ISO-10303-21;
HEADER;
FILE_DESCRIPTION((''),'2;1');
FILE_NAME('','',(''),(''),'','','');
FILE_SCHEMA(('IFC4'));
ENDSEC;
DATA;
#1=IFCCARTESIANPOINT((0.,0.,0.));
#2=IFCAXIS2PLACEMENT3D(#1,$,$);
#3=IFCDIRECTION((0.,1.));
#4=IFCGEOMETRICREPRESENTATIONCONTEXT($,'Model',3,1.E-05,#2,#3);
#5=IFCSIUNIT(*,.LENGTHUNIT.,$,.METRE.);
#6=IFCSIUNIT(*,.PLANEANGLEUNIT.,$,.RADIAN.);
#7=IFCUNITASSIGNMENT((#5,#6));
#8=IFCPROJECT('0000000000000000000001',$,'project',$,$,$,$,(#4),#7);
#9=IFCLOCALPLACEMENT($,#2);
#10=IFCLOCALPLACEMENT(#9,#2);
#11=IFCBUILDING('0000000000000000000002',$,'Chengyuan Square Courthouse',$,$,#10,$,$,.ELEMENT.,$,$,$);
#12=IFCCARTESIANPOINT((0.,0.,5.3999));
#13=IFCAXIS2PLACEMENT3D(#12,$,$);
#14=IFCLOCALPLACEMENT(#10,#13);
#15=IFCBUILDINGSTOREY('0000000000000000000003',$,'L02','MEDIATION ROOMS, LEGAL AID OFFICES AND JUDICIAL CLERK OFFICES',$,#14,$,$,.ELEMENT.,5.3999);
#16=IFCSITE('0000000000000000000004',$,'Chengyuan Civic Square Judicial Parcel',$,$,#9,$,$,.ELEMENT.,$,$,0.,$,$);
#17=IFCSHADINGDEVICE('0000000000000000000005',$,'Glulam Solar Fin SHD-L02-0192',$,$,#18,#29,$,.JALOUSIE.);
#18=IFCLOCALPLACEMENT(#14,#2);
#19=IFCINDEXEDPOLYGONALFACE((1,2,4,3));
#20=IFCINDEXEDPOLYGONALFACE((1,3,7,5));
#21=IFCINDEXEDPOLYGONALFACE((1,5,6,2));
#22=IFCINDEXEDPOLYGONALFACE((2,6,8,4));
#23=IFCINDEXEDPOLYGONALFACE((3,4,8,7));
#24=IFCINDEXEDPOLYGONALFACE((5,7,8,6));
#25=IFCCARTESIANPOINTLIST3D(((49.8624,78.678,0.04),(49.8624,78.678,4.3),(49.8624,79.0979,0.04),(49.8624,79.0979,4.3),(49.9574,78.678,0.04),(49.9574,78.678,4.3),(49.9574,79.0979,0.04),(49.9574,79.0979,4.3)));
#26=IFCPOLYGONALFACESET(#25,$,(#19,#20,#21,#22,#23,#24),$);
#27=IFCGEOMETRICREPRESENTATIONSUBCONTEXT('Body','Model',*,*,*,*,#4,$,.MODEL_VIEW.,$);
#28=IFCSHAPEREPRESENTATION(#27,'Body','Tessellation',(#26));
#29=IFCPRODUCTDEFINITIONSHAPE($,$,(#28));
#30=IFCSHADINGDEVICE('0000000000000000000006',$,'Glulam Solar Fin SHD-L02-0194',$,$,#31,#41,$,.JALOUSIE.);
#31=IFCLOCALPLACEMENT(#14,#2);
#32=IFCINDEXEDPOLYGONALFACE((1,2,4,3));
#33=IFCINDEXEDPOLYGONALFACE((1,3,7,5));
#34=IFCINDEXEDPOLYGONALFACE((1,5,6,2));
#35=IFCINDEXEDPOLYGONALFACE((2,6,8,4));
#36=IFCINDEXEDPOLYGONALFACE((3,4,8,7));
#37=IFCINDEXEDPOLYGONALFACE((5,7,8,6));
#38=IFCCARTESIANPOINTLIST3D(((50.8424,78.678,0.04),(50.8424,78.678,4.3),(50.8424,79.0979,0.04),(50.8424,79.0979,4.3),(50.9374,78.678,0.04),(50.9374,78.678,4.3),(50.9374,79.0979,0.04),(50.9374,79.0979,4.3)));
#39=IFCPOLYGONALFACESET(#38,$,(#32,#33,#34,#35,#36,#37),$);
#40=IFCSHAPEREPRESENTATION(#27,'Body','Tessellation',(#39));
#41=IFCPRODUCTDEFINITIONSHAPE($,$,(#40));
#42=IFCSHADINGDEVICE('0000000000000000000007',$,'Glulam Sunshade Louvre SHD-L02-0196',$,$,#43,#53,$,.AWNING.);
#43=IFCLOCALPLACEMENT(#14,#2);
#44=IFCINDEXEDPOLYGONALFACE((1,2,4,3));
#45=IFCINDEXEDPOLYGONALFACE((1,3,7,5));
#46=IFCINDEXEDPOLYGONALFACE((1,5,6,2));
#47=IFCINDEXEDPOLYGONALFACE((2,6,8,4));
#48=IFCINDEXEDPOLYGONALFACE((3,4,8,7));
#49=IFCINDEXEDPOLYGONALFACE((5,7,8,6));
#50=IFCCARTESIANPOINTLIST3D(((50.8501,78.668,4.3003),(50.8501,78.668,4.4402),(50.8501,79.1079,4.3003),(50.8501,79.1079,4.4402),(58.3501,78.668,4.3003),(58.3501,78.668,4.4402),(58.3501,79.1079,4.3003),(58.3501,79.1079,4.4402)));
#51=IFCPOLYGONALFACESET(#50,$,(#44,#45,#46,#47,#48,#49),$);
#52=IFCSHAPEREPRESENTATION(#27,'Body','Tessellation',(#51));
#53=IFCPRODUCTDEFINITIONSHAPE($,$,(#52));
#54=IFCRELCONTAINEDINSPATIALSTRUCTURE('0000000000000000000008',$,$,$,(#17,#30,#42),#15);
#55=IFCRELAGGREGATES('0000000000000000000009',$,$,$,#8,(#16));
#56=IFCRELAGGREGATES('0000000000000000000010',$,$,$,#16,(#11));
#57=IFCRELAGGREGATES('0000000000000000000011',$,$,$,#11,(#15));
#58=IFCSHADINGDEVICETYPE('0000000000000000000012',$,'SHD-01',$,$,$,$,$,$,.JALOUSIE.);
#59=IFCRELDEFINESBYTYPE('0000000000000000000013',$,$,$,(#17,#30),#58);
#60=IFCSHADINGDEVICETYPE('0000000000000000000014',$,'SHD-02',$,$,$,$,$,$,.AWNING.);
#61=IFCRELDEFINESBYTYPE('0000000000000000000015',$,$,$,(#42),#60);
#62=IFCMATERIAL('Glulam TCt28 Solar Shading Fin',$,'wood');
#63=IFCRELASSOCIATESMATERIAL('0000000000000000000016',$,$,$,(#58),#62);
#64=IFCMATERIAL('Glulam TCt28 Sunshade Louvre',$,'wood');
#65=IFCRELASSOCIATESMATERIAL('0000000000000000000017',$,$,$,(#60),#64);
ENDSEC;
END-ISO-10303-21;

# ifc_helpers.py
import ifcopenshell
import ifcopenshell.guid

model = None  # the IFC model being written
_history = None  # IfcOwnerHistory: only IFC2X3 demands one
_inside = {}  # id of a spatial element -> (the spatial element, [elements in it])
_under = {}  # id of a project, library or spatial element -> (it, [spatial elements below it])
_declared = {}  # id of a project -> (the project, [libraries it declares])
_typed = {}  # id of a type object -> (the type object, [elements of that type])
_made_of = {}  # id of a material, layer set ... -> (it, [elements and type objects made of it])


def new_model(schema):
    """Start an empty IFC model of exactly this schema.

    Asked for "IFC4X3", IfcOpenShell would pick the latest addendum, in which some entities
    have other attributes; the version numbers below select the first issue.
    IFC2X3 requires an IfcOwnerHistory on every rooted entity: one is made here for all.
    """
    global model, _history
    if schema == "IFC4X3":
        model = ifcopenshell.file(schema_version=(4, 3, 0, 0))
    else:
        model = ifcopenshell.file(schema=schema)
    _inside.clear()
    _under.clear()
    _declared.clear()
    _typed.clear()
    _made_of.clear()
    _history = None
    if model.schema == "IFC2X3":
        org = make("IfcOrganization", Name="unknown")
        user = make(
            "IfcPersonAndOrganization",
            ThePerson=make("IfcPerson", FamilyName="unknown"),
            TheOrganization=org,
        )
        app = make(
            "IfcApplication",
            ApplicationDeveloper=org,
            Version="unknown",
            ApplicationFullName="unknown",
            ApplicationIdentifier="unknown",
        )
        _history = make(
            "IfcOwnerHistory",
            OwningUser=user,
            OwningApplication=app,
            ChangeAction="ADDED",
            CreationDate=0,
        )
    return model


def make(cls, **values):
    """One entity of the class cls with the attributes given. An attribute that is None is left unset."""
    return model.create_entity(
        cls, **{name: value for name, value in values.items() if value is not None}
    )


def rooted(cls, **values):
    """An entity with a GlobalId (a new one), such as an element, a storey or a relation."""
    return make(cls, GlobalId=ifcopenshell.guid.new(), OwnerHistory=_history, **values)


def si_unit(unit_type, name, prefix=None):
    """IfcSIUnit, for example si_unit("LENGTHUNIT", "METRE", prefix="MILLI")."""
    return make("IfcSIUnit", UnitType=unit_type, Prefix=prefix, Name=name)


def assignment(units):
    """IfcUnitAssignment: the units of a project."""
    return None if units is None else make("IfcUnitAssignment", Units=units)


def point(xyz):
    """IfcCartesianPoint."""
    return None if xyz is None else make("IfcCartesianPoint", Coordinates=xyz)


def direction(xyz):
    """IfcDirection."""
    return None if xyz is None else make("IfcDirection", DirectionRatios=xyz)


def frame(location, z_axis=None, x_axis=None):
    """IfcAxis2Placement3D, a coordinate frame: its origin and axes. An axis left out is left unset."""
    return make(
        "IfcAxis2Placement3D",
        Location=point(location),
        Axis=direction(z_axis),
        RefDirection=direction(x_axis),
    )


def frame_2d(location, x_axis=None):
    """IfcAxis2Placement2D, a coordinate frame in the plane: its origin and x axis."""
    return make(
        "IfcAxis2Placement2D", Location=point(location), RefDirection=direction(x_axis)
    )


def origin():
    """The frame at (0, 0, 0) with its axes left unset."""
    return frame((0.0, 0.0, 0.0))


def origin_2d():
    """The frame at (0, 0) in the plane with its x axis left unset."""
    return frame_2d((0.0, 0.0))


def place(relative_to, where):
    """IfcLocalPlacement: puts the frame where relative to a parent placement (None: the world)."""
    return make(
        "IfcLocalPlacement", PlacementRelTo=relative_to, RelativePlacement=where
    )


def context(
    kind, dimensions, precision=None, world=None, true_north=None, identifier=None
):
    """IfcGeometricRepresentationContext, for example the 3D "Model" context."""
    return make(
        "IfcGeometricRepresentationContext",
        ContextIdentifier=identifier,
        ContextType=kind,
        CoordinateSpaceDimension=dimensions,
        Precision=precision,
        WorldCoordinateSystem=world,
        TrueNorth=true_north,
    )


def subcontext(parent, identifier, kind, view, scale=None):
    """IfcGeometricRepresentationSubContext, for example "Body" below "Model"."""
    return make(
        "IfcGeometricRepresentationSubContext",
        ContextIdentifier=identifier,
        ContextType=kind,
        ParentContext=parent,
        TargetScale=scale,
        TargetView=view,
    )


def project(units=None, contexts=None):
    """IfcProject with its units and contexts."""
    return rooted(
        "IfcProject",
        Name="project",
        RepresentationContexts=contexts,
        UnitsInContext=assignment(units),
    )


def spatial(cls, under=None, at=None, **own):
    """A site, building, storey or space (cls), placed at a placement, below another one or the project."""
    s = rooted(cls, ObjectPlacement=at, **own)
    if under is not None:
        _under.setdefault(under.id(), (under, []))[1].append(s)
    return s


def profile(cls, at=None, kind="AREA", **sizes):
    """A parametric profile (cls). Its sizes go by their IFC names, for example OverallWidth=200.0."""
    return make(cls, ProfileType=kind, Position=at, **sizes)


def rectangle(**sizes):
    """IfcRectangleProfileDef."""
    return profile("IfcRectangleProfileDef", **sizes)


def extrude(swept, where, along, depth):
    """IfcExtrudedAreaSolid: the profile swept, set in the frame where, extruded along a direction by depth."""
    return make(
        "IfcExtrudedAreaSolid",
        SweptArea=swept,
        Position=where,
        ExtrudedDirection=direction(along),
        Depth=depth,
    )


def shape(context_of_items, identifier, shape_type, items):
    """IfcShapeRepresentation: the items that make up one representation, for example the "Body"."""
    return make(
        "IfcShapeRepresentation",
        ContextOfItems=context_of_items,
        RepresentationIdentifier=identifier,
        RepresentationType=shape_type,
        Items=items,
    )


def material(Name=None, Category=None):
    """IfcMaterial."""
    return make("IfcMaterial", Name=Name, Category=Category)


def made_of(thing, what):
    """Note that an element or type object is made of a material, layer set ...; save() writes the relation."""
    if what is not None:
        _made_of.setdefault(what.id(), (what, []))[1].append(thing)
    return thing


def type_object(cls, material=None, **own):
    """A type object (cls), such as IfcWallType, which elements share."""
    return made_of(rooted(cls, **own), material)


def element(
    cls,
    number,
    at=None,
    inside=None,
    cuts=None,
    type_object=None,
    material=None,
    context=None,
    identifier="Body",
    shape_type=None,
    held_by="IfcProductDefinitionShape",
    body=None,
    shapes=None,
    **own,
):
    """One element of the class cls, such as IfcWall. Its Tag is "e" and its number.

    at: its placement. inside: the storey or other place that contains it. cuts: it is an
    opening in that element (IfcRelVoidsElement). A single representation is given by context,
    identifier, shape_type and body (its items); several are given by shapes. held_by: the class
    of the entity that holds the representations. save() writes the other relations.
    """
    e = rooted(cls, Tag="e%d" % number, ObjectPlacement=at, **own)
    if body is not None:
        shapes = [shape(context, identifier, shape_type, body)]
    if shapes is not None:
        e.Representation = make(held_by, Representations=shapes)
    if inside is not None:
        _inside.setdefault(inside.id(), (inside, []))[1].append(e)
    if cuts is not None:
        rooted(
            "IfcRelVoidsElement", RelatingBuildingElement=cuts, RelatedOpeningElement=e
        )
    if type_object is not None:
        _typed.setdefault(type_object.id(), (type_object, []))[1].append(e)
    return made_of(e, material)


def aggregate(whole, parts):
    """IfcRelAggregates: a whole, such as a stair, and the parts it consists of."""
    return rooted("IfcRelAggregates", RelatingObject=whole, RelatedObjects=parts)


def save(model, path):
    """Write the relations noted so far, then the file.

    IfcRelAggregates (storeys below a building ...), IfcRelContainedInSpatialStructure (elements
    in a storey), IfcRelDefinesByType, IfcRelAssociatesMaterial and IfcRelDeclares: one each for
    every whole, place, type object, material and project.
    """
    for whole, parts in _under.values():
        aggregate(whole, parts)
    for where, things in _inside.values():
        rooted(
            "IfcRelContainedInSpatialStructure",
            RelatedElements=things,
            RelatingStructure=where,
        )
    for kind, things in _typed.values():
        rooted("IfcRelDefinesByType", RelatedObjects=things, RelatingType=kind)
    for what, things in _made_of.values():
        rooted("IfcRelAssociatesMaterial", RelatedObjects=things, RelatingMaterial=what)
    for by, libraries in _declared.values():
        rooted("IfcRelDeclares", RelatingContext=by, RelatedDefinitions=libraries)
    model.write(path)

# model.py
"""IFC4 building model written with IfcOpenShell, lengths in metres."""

from ifc_helpers import new_model, si_unit, direction, frame, origin, origin_2d, place, context, subcontext, project, spatial, rectangle, extrude, material, type_object, element, save


model = new_model("IFC4")

# Units and contexts
model_context = context("Model", 3, precision=1e-05, world=origin(), true_north=direction((0.0, 1.0)))
body_context = subcontext(model_context, "Body", "Model", "MODEL_VIEW")
ifc_project = project(units=[si_unit("LENGTHUNIT", "METRE"), si_unit("PLANEANGLEUNIT", "RADIAN")], contexts=[model_context])

# Site, building, storey
site_placement = place(None, origin())
site = spatial("IfcSite", under=ifc_project, at=site_placement, Name="Chengyuan Civic Square Judicial Parcel", CompositionType="ELEMENT", RefElevation=0.0)
building_placement = place(site_placement, origin())
building = spatial("IfcBuilding", under=site, at=building_placement, Name="Chengyuan Square Courthouse", CompositionType="ELEMENT")
storey_placement = place(building_placement, frame((0.0, 0.0, 5.3999)))
storey = spatial("IfcBuildingStorey", under=building, at=storey_placement, Name="L02", Description="MEDIATION ROOMS, LEGAL AID OFFICES AND JUDICIAL CLERK OFFICES", CompositionType="ELEMENT", Elevation=5.3999)

# Shading devices
ifc_material_1 = material(Name="Glulam TCt28 Solar Shading Fin", Category="wood")
shading_device_type_1 = type_object("IfcShadingDeviceType", Name="SHD-01", PredefinedType="JALOUSIE", material=ifc_material_1)
for number, where, z_axis, x_axis, name in (
    (1, (49.9099, 78.8879, 0.04), (0.0, 0.0, 1.0), (0.0, 1.0, 0.0), "Glulam Solar Fin SHD-L02-0192"),
    (2, (50.8899, 78.8879, 0.04), (0.0, 0.0, 1.0), (0.0, 1.0, 0.0), "Glulam Solar Fin SHD-L02-0194"),
):
    element("IfcShadingDevice", number, at=place(storey_placement, frame(where, z_axis=z_axis, x_axis=x_axis)), inside=storey, type_object=shading_device_type_1, Name=name, PredefinedType="JALOUSIE", context=body_context, shape_type="SweptSolid", body=[
        extrude(rectangle(XDim=0.4199, YDim=0.095, at=origin_2d()), origin(), (0.0, 0.0, 1.0), 4.26),
    ])
ifc_material_2 = material(Name="Glulam TCt28 Sunshade Louvre", Category="wood")
shading_device_type_2 = type_object("IfcShadingDeviceType", Name="SHD-02", PredefinedType="AWNING", material=ifc_material_2)
shading_device_placement = place(storey_placement, frame((54.6001, 78.8879, 4.3003), z_axis=(0.0, 0.0, 1.0), x_axis=(1.0, 0.0, 0.0)))
element("IfcShadingDevice", 3, at=shading_device_placement, inside=storey, type_object=shading_device_type_2, Name="Glulam Sunshade Louvre SHD-L02-0196", PredefinedType="AWNING", context=body_context, shape_type="SweptSolid", body=[
    extrude(rectangle(XDim=7.5, YDim=0.4399, at=origin_2d()), origin(), (0.0, 0.0, 1.0), 0.1399),
])

save(model, "model.ifc")
